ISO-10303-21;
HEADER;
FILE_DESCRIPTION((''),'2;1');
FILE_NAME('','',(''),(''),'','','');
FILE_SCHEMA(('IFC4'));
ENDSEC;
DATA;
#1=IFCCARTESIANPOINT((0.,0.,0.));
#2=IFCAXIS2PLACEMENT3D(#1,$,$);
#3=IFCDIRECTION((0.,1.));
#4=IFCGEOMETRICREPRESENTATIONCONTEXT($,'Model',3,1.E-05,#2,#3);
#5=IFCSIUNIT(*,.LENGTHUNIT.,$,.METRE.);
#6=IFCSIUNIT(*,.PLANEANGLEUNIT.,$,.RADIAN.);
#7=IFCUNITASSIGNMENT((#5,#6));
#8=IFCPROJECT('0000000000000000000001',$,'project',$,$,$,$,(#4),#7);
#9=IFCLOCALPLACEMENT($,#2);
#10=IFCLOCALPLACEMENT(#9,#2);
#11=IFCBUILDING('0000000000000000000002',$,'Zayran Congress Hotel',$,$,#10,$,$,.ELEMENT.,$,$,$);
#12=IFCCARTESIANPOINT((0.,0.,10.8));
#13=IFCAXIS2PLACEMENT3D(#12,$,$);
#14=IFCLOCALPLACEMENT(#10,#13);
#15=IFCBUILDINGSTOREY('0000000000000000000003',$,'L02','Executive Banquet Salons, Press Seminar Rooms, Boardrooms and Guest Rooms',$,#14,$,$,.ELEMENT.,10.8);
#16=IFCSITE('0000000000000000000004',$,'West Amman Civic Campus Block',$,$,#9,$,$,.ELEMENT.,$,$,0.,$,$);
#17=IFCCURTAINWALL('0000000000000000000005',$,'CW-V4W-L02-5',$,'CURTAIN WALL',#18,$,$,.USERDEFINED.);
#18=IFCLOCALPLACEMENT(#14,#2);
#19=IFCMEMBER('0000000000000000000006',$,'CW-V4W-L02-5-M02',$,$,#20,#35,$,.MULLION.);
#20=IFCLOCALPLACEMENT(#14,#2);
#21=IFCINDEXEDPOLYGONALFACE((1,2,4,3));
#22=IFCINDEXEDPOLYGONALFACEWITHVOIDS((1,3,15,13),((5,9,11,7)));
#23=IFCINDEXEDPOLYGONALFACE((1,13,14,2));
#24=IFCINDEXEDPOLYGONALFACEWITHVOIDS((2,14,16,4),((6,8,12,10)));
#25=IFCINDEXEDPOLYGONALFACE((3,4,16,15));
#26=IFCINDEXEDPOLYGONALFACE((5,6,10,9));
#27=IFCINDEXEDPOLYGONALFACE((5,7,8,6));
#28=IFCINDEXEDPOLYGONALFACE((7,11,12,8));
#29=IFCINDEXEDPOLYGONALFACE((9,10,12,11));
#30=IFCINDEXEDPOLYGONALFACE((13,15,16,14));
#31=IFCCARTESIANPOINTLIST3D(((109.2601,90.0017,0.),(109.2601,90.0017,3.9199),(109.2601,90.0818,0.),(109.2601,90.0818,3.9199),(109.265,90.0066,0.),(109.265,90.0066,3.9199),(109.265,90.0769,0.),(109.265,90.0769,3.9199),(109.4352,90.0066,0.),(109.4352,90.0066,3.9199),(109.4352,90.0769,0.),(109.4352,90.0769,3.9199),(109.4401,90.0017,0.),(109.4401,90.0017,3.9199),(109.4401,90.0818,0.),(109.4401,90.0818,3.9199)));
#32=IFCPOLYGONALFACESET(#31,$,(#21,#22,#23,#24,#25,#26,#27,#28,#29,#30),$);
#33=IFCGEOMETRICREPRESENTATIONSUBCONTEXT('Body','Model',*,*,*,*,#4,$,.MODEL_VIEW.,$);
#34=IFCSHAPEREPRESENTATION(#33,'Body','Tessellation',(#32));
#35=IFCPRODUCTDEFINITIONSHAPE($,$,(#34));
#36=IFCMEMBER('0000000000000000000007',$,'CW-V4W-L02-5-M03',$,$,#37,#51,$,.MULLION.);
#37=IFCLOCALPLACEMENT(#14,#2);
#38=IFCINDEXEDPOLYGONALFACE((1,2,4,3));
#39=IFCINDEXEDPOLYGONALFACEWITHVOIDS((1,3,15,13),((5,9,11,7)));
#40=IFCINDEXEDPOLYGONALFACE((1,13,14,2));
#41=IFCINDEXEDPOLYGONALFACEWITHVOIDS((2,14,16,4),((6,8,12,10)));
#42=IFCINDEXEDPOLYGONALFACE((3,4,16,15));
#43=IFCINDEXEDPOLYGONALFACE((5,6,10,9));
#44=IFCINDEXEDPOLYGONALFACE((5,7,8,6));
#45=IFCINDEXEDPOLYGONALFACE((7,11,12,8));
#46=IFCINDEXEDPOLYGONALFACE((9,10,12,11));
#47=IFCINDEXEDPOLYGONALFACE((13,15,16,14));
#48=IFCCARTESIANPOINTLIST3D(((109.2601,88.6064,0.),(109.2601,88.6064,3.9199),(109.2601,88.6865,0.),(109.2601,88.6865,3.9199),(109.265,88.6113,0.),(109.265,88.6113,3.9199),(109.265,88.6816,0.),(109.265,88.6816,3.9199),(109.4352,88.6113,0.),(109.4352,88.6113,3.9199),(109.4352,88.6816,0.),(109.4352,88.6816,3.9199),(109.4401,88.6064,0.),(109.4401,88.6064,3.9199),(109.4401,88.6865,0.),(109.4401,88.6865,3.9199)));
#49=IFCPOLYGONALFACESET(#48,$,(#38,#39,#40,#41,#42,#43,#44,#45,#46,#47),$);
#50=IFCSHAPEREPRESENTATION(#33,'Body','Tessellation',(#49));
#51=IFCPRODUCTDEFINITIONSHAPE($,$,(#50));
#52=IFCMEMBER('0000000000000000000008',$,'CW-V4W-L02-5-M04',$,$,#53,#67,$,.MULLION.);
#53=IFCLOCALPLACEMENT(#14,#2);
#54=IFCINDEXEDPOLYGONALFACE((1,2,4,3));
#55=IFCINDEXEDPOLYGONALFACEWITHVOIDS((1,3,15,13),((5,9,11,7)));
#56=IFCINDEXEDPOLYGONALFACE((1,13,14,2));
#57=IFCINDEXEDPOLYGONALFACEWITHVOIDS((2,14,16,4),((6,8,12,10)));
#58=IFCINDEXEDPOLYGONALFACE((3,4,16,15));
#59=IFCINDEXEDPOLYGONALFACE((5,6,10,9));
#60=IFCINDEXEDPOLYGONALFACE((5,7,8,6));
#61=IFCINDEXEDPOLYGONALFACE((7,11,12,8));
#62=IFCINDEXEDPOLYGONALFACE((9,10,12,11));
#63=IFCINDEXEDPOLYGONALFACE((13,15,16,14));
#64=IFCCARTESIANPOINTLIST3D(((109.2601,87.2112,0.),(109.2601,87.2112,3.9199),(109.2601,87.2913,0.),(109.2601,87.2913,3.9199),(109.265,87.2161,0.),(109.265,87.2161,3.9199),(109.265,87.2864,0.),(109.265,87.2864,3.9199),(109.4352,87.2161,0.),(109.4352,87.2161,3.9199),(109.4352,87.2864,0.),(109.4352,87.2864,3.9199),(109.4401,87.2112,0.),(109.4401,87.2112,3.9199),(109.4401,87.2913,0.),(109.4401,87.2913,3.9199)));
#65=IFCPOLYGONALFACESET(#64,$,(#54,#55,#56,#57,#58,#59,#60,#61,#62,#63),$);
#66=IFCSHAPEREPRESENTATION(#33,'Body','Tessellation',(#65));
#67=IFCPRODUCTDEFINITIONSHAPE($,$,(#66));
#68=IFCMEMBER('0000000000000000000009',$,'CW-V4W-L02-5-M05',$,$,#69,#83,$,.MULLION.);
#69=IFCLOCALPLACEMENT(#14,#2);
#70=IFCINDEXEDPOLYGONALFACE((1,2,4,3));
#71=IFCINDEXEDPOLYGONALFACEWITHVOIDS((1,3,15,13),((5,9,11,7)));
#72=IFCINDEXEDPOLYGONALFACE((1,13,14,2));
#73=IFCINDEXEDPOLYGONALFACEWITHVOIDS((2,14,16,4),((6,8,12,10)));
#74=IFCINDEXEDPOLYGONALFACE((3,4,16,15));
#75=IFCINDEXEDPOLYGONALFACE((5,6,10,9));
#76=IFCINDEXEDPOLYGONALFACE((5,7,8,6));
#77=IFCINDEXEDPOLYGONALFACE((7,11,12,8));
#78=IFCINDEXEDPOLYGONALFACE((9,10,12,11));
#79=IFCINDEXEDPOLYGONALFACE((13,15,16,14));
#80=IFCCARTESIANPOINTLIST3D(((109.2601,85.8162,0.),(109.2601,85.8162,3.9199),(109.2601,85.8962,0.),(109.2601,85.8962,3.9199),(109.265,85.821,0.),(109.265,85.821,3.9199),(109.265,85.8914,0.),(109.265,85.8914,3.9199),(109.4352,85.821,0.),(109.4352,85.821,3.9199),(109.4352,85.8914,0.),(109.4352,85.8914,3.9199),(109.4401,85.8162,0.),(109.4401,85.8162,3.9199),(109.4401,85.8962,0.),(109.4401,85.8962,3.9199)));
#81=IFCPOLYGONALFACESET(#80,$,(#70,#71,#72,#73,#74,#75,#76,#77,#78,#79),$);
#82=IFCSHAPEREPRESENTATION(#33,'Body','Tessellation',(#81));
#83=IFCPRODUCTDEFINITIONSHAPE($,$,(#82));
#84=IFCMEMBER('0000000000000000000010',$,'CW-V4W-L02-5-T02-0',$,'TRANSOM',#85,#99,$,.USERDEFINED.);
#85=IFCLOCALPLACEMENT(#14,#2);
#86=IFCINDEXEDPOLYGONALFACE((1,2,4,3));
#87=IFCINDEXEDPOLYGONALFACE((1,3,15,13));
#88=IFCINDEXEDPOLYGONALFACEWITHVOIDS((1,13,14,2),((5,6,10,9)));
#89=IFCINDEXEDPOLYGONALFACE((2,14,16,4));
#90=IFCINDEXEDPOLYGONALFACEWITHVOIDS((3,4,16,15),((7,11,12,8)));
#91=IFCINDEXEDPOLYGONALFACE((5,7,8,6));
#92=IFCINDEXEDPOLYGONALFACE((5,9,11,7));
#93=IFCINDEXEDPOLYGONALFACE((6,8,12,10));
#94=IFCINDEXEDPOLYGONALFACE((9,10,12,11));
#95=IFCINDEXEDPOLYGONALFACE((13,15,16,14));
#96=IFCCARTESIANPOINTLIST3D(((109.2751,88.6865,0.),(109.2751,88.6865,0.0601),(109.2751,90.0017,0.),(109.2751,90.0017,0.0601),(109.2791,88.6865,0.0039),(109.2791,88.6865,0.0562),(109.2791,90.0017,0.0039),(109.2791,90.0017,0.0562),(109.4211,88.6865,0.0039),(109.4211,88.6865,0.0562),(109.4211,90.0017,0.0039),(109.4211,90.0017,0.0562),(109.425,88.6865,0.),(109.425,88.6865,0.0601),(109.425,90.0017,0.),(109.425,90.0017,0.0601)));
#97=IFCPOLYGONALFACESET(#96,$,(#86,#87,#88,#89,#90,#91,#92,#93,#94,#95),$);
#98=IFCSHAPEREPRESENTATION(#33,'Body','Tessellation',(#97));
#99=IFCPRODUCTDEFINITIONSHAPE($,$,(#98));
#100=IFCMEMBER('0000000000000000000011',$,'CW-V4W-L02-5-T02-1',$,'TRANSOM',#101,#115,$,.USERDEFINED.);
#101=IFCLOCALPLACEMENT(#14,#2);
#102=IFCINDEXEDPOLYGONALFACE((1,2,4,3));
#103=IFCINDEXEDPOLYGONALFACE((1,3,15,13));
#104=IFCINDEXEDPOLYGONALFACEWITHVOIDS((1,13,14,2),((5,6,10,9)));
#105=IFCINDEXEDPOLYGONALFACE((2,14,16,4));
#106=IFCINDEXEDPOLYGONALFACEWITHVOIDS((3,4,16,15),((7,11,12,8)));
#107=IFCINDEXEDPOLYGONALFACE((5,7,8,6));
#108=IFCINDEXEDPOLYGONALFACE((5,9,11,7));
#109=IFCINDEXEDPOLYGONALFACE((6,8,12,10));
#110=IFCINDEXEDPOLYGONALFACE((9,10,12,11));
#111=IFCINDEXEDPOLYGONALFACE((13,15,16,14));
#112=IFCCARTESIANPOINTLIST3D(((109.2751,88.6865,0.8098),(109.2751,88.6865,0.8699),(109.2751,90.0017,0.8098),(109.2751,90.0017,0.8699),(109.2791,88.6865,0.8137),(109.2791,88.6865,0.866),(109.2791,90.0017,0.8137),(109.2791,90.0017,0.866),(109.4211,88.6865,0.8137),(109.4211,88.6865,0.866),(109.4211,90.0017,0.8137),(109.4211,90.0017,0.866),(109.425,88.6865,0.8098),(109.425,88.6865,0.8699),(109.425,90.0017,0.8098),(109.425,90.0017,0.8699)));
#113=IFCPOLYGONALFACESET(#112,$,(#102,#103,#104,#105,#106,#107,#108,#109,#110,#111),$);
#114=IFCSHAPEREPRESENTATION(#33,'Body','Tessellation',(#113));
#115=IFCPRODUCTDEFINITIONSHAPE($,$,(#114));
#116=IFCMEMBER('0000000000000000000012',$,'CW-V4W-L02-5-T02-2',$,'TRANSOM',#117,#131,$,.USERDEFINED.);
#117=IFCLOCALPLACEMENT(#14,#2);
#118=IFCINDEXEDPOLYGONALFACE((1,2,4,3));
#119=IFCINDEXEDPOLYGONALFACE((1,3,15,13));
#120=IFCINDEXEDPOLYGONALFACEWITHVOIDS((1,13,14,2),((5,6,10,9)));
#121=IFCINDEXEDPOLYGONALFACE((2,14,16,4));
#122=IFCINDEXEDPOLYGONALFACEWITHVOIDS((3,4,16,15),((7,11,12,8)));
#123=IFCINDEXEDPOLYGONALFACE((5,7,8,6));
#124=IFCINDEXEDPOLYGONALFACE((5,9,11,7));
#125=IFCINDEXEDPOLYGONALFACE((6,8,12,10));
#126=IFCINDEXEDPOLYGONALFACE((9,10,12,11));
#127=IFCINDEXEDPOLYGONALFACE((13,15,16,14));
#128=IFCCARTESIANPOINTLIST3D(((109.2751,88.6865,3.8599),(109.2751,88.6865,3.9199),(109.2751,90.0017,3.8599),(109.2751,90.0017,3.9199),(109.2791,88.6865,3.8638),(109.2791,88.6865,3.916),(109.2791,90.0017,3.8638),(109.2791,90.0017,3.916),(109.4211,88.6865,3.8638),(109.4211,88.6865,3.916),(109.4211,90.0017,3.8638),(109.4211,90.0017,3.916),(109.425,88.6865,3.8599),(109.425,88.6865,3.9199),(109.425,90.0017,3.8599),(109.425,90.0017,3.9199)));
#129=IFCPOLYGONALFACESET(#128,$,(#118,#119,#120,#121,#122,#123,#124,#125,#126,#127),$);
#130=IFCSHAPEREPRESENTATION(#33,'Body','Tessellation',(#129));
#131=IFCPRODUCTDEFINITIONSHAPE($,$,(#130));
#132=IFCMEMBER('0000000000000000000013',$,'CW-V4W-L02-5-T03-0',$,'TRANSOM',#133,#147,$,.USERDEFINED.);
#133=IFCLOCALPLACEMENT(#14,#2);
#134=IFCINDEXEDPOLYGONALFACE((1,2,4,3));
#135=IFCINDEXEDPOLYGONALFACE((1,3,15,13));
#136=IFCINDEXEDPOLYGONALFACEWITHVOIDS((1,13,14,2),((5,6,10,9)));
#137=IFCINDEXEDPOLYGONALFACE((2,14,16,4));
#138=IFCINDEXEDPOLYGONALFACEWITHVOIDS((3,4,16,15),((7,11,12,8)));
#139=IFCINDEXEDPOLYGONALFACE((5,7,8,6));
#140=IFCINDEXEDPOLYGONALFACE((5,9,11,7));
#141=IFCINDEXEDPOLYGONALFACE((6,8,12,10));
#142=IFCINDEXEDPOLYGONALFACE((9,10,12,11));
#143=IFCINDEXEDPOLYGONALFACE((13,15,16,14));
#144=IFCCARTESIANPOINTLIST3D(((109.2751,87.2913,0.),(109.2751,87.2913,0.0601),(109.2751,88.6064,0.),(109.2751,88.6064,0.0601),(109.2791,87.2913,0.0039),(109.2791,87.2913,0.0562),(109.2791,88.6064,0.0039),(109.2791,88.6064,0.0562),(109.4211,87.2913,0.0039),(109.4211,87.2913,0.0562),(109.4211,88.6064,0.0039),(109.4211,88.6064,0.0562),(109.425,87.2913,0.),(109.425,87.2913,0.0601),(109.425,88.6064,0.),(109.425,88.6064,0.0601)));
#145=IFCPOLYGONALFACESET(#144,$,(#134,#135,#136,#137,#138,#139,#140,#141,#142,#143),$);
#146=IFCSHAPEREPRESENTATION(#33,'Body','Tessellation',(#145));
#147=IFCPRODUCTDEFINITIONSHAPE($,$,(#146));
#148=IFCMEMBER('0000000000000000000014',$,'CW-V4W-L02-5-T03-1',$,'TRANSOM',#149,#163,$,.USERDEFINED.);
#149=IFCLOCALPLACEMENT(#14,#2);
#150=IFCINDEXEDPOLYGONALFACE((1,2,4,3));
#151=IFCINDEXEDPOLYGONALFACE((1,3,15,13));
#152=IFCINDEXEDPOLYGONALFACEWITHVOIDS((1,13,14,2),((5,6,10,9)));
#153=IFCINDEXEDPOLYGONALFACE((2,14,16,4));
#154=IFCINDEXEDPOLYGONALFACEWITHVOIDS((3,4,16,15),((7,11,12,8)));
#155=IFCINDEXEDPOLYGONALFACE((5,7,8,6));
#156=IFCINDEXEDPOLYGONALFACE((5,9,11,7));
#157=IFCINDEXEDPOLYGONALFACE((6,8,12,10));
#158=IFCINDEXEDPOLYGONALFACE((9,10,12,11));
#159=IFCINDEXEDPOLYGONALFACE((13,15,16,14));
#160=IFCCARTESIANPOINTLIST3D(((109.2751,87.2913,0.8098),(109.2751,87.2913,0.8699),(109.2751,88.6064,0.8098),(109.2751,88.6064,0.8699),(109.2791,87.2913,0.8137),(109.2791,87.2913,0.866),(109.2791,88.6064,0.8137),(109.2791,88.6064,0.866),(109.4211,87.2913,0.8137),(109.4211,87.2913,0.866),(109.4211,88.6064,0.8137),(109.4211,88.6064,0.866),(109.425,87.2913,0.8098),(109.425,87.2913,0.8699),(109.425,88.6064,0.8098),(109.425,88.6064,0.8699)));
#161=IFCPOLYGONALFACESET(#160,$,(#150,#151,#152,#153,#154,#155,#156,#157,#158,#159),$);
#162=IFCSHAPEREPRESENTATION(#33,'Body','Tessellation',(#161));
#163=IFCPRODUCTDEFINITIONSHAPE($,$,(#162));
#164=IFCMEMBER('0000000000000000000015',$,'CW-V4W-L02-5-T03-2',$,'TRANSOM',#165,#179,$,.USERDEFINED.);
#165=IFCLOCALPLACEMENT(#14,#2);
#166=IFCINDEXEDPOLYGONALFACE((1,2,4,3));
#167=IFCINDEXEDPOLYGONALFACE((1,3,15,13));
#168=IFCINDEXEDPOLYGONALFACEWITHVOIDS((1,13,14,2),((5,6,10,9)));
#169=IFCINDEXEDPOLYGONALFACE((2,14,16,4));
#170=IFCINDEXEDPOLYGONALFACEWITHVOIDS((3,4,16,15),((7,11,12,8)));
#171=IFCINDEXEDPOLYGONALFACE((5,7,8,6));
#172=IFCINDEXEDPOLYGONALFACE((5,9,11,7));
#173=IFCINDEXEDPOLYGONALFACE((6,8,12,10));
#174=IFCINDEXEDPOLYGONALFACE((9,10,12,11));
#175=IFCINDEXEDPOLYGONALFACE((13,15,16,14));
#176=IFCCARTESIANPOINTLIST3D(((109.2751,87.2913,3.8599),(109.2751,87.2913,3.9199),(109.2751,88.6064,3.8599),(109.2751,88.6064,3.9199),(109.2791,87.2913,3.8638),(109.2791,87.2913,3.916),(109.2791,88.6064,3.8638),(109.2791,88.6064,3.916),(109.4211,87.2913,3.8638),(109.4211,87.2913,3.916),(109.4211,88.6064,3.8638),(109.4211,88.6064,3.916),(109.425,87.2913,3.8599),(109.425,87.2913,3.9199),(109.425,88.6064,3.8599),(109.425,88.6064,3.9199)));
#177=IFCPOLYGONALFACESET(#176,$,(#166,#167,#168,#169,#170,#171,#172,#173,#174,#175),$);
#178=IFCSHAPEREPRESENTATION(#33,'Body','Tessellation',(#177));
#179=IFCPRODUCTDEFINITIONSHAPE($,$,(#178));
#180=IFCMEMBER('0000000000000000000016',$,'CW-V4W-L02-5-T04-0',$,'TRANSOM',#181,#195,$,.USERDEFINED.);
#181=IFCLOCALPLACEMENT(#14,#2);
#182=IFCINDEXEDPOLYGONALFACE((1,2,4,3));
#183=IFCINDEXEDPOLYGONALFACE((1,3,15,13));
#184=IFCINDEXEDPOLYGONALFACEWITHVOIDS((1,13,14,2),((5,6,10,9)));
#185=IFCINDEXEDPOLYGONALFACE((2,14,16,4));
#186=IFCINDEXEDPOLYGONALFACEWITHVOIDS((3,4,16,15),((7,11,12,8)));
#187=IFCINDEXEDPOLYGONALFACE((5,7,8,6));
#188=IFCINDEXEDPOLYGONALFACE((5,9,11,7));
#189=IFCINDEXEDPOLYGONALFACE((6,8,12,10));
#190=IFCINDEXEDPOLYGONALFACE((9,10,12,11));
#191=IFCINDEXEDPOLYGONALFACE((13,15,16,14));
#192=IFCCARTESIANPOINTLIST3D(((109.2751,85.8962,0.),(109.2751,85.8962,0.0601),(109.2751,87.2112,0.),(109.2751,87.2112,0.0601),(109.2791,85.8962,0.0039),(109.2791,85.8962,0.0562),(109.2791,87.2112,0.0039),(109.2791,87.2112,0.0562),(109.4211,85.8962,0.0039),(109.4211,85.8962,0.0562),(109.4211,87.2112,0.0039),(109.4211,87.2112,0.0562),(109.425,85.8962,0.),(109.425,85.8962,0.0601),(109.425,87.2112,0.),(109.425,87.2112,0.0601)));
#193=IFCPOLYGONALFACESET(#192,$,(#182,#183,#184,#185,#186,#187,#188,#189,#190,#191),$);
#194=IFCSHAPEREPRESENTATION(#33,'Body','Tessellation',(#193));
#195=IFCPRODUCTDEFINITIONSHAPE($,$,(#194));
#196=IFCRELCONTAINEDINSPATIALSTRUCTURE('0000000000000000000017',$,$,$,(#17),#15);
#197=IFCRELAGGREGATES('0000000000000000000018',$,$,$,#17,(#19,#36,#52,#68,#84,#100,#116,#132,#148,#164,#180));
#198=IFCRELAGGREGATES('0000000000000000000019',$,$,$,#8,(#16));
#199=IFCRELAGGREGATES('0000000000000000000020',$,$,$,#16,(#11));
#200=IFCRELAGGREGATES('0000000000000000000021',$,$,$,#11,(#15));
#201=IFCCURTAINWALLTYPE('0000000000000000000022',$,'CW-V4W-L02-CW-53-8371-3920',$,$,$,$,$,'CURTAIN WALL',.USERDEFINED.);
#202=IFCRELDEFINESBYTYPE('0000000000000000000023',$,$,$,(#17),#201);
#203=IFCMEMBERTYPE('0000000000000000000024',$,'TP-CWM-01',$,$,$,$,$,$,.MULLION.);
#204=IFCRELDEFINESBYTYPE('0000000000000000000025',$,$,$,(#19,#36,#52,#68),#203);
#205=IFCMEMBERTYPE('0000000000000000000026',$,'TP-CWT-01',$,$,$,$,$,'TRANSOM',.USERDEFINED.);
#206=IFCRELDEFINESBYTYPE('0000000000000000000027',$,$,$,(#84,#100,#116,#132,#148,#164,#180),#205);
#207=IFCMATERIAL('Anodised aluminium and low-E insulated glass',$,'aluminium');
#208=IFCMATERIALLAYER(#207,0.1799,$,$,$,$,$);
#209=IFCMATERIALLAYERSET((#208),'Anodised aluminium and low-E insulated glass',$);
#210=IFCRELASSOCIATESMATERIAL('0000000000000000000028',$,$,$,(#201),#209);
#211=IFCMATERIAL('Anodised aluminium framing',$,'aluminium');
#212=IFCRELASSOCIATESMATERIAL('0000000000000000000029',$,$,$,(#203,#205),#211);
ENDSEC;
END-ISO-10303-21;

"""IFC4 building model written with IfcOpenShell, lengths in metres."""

from ifc_helpers import new_model, si_unit, direction, frame, origin, origin_2d, place, context, subcontext, project, spatial, hollow_rectangle, extrude, material, layer, layer_set, material_profile, profile_set, type_object, element, aggregate, save


model = new_model("IFC4")

# Units and contexts
model_context = context("Model", 3, precision=1e-05, world=origin(), true_north=direction((0.0, 1.0)))
body_context = subcontext(model_context, "Body", "Model", "MODEL_VIEW")
ifc_project = project(units=[si_unit("LENGTHUNIT", "METRE"), si_unit("PLANEANGLEUNIT", "RADIAN")], contexts=[model_context])

# Site, building, storey
site_placement = place(None, origin())
site = spatial("IfcSite", under=ifc_project, at=site_placement, Name="West Amman Civic Campus Block", CompositionType="ELEMENT", RefElevation=0.0)
building_placement = place(site_placement, origin())
building = spatial("IfcBuilding", under=site, at=building_placement, Name="Zayran Congress Hotel", CompositionType="ELEMENT")
storey_placement = place(building_placement, frame((0.0, 0.0, 10.8)))
storey = spatial("IfcBuildingStorey", under=building, at=storey_placement, Name="L02", Description="Executive Banquet Salons, Press Seminar Rooms, Boardrooms and Guest Rooms", CompositionType="ELEMENT", Elevation=10.8)

# Curtain wall, members
ifc_material_1 = material(Name="Anodised aluminium and low-E insulated glass", Category="aluminium")
ifc_layer_1 = layer(ifc_material_1, 0.1799)
ifc_layer_set_1 = layer_set([ifc_layer_1], Name="Anodised aluminium and low-E insulated glass")
curtain_wall_type = type_object("IfcCurtainWallType", Name="CW-V4W-L02-CW-53-8371-3920", ElementType="CURTAIN WALL", PredefinedType="USERDEFINED", material=ifc_layer_set_1)
curtain_wall_placement = place(storey_placement, origin())
curtain_wall = element("IfcCurtainWall", 1, at=curtain_wall_placement, inside=storey, type_object=curtain_wall_type, Name="CW-V4W-L02-5", ObjectType="CURTAIN WALL", PredefinedType="USERDEFINED")
ifc_material_2 = material(Name="Anodised aluminium framing", Category="aluminium")
ifc_material_profile_1 = material_profile(ifc_material_2, hollow_rectangle(XDim=0.0801, YDim=0.1799, WallThickness=0.0049, at=origin_2d()), Name="RHS 180x80x5")
ifc_profile_set_1 = profile_set([ifc_material_profile_1], Name="Anodised aluminium framing")
member_type_1 = type_object("IfcMemberType", Name="TP-CWM-01", PredefinedType="MULLION", material=ifc_profile_set_1)
member_1_placement = place(storey_placement, frame((109.3501, 90.0417, 0.0), z_axis=(0.0, 0.0, 1.0), x_axis=(0.0, 1.0, 0.0)))
member_1 = element("IfcMember", 2, at=member_1_placement, type_object=member_type_1, Name="CW-V4W-L02-5-M02", PredefinedType="MULLION", context=body_context, shape_type="SweptSolid", body=[
    extrude(hollow_rectangle(XDim=0.0801, YDim=0.1799, WallThickness=0.0049, at=origin_2d()), origin(), (0.0, 0.0, 1.0), 3.9199),
])
member_2_placement = place(storey_placement, frame((109.3501, 88.6465, 0.0), z_axis=(0.0, 0.0, 1.0), x_axis=(0.0, 1.0, 0.0)))
member_2 = element("IfcMember", 3, at=member_2_placement, type_object=member_type_1, Name="CW-V4W-L02-5-M03", PredefinedType="MULLION", context=body_context, shape_type="SweptSolid", body=[
    extrude(hollow_rectangle(XDim=0.0801, YDim=0.1799, WallThickness=0.0049, at=origin_2d()), origin(), (0.0, 0.0, 1.0), 3.9199),
])
member_3_placement = place(storey_placement, frame((109.3501, 87.2512, 0.0), z_axis=(0.0, 0.0, 1.0), x_axis=(0.0, 1.0, 0.0)))
member_3 = element("IfcMember", 4, at=member_3_placement, type_object=member_type_1, Name="CW-V4W-L02-5-M04", PredefinedType="MULLION", context=body_context, shape_type="SweptSolid", body=[
    extrude(hollow_rectangle(XDim=0.0801, YDim=0.1799, WallThickness=0.0049, at=origin_2d()), origin(), (0.0, 0.0, 1.0), 3.9199),
])
member_4_placement = place(storey_placement, frame((109.3501, 85.8562, 0.0), z_axis=(0.0, 0.0, 1.0), x_axis=(0.0, 1.0, 0.0)))
member_4 = element("IfcMember", 5, at=member_4_placement, type_object=member_type_1, Name="CW-V4W-L02-5-M05", PredefinedType="MULLION", context=body_context, shape_type="SweptSolid", body=[
    extrude(hollow_rectangle(XDim=0.0801, YDim=0.1799, WallThickness=0.0049, at=origin_2d()), origin(), (0.0, 0.0, 1.0), 3.9199),
])
ifc_material_profile_2 = material_profile(ifc_material_2, hollow_rectangle(XDim=0.0601, YDim=0.1499, WallThickness=0.0039, at=origin_2d()), Name="RHS 150x60x4")
ifc_profile_set_2 = profile_set([ifc_material_profile_2], Name="Anodised aluminium framing")
member_type_2 = type_object("IfcMemberType", Name="TP-CWT-01", ElementType="TRANSOM", PredefinedType="USERDEFINED", material=ifc_profile_set_2)
member_5_placement = place(storey_placement, frame((109.3501, 90.0017, 0.03), z_axis=(0.0, -1.0, 0.0), x_axis=(0.0, 0.0, 1.0)))
member_5 = element("IfcMember", 6, at=member_5_placement, type_object=member_type_2, Name="CW-V4W-L02-5-T02-0", ObjectType="TRANSOM", PredefinedType="USERDEFINED", context=body_context, shape_type="SweptSolid", body=[
    extrude(hollow_rectangle(XDim=0.0601, YDim=0.1499, WallThickness=0.0039, at=origin_2d()), origin(), (0.0, 0.0, 1.0), 1.3152),
])
member_6_placement = place(storey_placement, frame((109.3501, 90.0017, 0.8398), z_axis=(0.0, -1.0, 0.0), x_axis=(0.0, 0.0, 1.0)))
member_6 = element("IfcMember", 7, at=member_6_placement, type_object=member_type_2, Name="CW-V4W-L02-5-T02-1", ObjectType="TRANSOM", PredefinedType="USERDEFINED", context=body_context, shape_type="SweptSolid", body=[
    extrude(hollow_rectangle(XDim=0.0601, YDim=0.1499, WallThickness=0.0039, at=origin_2d()), origin(), (0.0, 0.0, 1.0), 1.3152),
])
member_7_placement = place(storey_placement, frame((109.3501, 90.0017, 3.8899), z_axis=(0.0, -1.0, 0.0), x_axis=(0.0, 0.0, 1.0)))
member_7 = element("IfcMember", 8, at=member_7_placement, type_object=member_type_2, Name="CW-V4W-L02-5-T02-2", ObjectType="TRANSOM", PredefinedType="USERDEFINED", context=body_context, shape_type="SweptSolid", body=[
    extrude(hollow_rectangle(XDim=0.0601, YDim=0.1499, WallThickness=0.0039, at=origin_2d()), origin(), (0.0, 0.0, 1.0), 1.3152),
])
member_8_placement = place(storey_placement, frame((109.3501, 88.6064, 0.03), z_axis=(0.0, -1.0, 0.0), x_axis=(0.0, 0.0, 1.0)))
member_8 = element("IfcMember", 9, at=member_8_placement, type_object=member_type_2, Name="CW-V4W-L02-5-T03-0", ObjectType="TRANSOM", PredefinedType="USERDEFINED", context=body_context, shape_type="SweptSolid", body=[
    extrude(hollow_rectangle(XDim=0.0601, YDim=0.1499, WallThickness=0.0039, at=origin_2d()), origin(), (0.0, 0.0, 1.0), 1.3152),
])
member_9_placement = place(storey_placement, frame((109.3501, 88.6064, 0.8398), z_axis=(0.0, -1.0, 0.0), x_axis=(0.0, 0.0, 1.0)))
member_9 = element("IfcMember", 10, at=member_9_placement, type_object=member_type_2, Name="CW-V4W-L02-5-T03-1", ObjectType="TRANSOM", PredefinedType="USERDEFINED", context=body_context, shape_type="SweptSolid", body=[
    extrude(hollow_rectangle(XDim=0.0601, YDim=0.1499, WallThickness=0.0039, at=origin_2d()), origin(), (0.0, 0.0, 1.0), 1.3152),
])
member_10_placement = place(storey_placement, frame((109.3501, 88.6064, 3.8899), z_axis=(0.0, -1.0, 0.0), x_axis=(0.0, 0.0, 1.0)))
member_10 = element("IfcMember", 11, at=member_10_placement, type_object=member_type_2, Name="CW-V4W-L02-5-T03-2", ObjectType="TRANSOM", PredefinedType="USERDEFINED", context=body_context, shape_type="SweptSolid", body=[
    extrude(hollow_rectangle(XDim=0.0601, YDim=0.1499, WallThickness=0.0039, at=origin_2d()), origin(), (0.0, 0.0, 1.0), 1.3152),
])
member_11_placement = place(storey_placement, frame((109.3501, 87.2112, 0.03), z_axis=(0.0, -1.0, 0.0), x_axis=(0.0, 0.0, 1.0)))
member_11 = element("IfcMember", 12, at=member_11_placement, type_object=member_type_2, Name="CW-V4W-L02-5-T04-0", ObjectType="TRANSOM", PredefinedType="USERDEFINED", context=body_context, shape_type="SweptSolid", body=[
    extrude(hollow_rectangle(XDim=0.0601, YDim=0.1499, WallThickness=0.0039, at=origin_2d()), origin(), (0.0, 0.0, 1.0), 1.3149),
])
aggregate(curtain_wall, [member_1, member_2, member_3, member_4, member_5, member_6, member_7, member_8, member_9, member_10, member_11])

save(model, "model.ifc")
